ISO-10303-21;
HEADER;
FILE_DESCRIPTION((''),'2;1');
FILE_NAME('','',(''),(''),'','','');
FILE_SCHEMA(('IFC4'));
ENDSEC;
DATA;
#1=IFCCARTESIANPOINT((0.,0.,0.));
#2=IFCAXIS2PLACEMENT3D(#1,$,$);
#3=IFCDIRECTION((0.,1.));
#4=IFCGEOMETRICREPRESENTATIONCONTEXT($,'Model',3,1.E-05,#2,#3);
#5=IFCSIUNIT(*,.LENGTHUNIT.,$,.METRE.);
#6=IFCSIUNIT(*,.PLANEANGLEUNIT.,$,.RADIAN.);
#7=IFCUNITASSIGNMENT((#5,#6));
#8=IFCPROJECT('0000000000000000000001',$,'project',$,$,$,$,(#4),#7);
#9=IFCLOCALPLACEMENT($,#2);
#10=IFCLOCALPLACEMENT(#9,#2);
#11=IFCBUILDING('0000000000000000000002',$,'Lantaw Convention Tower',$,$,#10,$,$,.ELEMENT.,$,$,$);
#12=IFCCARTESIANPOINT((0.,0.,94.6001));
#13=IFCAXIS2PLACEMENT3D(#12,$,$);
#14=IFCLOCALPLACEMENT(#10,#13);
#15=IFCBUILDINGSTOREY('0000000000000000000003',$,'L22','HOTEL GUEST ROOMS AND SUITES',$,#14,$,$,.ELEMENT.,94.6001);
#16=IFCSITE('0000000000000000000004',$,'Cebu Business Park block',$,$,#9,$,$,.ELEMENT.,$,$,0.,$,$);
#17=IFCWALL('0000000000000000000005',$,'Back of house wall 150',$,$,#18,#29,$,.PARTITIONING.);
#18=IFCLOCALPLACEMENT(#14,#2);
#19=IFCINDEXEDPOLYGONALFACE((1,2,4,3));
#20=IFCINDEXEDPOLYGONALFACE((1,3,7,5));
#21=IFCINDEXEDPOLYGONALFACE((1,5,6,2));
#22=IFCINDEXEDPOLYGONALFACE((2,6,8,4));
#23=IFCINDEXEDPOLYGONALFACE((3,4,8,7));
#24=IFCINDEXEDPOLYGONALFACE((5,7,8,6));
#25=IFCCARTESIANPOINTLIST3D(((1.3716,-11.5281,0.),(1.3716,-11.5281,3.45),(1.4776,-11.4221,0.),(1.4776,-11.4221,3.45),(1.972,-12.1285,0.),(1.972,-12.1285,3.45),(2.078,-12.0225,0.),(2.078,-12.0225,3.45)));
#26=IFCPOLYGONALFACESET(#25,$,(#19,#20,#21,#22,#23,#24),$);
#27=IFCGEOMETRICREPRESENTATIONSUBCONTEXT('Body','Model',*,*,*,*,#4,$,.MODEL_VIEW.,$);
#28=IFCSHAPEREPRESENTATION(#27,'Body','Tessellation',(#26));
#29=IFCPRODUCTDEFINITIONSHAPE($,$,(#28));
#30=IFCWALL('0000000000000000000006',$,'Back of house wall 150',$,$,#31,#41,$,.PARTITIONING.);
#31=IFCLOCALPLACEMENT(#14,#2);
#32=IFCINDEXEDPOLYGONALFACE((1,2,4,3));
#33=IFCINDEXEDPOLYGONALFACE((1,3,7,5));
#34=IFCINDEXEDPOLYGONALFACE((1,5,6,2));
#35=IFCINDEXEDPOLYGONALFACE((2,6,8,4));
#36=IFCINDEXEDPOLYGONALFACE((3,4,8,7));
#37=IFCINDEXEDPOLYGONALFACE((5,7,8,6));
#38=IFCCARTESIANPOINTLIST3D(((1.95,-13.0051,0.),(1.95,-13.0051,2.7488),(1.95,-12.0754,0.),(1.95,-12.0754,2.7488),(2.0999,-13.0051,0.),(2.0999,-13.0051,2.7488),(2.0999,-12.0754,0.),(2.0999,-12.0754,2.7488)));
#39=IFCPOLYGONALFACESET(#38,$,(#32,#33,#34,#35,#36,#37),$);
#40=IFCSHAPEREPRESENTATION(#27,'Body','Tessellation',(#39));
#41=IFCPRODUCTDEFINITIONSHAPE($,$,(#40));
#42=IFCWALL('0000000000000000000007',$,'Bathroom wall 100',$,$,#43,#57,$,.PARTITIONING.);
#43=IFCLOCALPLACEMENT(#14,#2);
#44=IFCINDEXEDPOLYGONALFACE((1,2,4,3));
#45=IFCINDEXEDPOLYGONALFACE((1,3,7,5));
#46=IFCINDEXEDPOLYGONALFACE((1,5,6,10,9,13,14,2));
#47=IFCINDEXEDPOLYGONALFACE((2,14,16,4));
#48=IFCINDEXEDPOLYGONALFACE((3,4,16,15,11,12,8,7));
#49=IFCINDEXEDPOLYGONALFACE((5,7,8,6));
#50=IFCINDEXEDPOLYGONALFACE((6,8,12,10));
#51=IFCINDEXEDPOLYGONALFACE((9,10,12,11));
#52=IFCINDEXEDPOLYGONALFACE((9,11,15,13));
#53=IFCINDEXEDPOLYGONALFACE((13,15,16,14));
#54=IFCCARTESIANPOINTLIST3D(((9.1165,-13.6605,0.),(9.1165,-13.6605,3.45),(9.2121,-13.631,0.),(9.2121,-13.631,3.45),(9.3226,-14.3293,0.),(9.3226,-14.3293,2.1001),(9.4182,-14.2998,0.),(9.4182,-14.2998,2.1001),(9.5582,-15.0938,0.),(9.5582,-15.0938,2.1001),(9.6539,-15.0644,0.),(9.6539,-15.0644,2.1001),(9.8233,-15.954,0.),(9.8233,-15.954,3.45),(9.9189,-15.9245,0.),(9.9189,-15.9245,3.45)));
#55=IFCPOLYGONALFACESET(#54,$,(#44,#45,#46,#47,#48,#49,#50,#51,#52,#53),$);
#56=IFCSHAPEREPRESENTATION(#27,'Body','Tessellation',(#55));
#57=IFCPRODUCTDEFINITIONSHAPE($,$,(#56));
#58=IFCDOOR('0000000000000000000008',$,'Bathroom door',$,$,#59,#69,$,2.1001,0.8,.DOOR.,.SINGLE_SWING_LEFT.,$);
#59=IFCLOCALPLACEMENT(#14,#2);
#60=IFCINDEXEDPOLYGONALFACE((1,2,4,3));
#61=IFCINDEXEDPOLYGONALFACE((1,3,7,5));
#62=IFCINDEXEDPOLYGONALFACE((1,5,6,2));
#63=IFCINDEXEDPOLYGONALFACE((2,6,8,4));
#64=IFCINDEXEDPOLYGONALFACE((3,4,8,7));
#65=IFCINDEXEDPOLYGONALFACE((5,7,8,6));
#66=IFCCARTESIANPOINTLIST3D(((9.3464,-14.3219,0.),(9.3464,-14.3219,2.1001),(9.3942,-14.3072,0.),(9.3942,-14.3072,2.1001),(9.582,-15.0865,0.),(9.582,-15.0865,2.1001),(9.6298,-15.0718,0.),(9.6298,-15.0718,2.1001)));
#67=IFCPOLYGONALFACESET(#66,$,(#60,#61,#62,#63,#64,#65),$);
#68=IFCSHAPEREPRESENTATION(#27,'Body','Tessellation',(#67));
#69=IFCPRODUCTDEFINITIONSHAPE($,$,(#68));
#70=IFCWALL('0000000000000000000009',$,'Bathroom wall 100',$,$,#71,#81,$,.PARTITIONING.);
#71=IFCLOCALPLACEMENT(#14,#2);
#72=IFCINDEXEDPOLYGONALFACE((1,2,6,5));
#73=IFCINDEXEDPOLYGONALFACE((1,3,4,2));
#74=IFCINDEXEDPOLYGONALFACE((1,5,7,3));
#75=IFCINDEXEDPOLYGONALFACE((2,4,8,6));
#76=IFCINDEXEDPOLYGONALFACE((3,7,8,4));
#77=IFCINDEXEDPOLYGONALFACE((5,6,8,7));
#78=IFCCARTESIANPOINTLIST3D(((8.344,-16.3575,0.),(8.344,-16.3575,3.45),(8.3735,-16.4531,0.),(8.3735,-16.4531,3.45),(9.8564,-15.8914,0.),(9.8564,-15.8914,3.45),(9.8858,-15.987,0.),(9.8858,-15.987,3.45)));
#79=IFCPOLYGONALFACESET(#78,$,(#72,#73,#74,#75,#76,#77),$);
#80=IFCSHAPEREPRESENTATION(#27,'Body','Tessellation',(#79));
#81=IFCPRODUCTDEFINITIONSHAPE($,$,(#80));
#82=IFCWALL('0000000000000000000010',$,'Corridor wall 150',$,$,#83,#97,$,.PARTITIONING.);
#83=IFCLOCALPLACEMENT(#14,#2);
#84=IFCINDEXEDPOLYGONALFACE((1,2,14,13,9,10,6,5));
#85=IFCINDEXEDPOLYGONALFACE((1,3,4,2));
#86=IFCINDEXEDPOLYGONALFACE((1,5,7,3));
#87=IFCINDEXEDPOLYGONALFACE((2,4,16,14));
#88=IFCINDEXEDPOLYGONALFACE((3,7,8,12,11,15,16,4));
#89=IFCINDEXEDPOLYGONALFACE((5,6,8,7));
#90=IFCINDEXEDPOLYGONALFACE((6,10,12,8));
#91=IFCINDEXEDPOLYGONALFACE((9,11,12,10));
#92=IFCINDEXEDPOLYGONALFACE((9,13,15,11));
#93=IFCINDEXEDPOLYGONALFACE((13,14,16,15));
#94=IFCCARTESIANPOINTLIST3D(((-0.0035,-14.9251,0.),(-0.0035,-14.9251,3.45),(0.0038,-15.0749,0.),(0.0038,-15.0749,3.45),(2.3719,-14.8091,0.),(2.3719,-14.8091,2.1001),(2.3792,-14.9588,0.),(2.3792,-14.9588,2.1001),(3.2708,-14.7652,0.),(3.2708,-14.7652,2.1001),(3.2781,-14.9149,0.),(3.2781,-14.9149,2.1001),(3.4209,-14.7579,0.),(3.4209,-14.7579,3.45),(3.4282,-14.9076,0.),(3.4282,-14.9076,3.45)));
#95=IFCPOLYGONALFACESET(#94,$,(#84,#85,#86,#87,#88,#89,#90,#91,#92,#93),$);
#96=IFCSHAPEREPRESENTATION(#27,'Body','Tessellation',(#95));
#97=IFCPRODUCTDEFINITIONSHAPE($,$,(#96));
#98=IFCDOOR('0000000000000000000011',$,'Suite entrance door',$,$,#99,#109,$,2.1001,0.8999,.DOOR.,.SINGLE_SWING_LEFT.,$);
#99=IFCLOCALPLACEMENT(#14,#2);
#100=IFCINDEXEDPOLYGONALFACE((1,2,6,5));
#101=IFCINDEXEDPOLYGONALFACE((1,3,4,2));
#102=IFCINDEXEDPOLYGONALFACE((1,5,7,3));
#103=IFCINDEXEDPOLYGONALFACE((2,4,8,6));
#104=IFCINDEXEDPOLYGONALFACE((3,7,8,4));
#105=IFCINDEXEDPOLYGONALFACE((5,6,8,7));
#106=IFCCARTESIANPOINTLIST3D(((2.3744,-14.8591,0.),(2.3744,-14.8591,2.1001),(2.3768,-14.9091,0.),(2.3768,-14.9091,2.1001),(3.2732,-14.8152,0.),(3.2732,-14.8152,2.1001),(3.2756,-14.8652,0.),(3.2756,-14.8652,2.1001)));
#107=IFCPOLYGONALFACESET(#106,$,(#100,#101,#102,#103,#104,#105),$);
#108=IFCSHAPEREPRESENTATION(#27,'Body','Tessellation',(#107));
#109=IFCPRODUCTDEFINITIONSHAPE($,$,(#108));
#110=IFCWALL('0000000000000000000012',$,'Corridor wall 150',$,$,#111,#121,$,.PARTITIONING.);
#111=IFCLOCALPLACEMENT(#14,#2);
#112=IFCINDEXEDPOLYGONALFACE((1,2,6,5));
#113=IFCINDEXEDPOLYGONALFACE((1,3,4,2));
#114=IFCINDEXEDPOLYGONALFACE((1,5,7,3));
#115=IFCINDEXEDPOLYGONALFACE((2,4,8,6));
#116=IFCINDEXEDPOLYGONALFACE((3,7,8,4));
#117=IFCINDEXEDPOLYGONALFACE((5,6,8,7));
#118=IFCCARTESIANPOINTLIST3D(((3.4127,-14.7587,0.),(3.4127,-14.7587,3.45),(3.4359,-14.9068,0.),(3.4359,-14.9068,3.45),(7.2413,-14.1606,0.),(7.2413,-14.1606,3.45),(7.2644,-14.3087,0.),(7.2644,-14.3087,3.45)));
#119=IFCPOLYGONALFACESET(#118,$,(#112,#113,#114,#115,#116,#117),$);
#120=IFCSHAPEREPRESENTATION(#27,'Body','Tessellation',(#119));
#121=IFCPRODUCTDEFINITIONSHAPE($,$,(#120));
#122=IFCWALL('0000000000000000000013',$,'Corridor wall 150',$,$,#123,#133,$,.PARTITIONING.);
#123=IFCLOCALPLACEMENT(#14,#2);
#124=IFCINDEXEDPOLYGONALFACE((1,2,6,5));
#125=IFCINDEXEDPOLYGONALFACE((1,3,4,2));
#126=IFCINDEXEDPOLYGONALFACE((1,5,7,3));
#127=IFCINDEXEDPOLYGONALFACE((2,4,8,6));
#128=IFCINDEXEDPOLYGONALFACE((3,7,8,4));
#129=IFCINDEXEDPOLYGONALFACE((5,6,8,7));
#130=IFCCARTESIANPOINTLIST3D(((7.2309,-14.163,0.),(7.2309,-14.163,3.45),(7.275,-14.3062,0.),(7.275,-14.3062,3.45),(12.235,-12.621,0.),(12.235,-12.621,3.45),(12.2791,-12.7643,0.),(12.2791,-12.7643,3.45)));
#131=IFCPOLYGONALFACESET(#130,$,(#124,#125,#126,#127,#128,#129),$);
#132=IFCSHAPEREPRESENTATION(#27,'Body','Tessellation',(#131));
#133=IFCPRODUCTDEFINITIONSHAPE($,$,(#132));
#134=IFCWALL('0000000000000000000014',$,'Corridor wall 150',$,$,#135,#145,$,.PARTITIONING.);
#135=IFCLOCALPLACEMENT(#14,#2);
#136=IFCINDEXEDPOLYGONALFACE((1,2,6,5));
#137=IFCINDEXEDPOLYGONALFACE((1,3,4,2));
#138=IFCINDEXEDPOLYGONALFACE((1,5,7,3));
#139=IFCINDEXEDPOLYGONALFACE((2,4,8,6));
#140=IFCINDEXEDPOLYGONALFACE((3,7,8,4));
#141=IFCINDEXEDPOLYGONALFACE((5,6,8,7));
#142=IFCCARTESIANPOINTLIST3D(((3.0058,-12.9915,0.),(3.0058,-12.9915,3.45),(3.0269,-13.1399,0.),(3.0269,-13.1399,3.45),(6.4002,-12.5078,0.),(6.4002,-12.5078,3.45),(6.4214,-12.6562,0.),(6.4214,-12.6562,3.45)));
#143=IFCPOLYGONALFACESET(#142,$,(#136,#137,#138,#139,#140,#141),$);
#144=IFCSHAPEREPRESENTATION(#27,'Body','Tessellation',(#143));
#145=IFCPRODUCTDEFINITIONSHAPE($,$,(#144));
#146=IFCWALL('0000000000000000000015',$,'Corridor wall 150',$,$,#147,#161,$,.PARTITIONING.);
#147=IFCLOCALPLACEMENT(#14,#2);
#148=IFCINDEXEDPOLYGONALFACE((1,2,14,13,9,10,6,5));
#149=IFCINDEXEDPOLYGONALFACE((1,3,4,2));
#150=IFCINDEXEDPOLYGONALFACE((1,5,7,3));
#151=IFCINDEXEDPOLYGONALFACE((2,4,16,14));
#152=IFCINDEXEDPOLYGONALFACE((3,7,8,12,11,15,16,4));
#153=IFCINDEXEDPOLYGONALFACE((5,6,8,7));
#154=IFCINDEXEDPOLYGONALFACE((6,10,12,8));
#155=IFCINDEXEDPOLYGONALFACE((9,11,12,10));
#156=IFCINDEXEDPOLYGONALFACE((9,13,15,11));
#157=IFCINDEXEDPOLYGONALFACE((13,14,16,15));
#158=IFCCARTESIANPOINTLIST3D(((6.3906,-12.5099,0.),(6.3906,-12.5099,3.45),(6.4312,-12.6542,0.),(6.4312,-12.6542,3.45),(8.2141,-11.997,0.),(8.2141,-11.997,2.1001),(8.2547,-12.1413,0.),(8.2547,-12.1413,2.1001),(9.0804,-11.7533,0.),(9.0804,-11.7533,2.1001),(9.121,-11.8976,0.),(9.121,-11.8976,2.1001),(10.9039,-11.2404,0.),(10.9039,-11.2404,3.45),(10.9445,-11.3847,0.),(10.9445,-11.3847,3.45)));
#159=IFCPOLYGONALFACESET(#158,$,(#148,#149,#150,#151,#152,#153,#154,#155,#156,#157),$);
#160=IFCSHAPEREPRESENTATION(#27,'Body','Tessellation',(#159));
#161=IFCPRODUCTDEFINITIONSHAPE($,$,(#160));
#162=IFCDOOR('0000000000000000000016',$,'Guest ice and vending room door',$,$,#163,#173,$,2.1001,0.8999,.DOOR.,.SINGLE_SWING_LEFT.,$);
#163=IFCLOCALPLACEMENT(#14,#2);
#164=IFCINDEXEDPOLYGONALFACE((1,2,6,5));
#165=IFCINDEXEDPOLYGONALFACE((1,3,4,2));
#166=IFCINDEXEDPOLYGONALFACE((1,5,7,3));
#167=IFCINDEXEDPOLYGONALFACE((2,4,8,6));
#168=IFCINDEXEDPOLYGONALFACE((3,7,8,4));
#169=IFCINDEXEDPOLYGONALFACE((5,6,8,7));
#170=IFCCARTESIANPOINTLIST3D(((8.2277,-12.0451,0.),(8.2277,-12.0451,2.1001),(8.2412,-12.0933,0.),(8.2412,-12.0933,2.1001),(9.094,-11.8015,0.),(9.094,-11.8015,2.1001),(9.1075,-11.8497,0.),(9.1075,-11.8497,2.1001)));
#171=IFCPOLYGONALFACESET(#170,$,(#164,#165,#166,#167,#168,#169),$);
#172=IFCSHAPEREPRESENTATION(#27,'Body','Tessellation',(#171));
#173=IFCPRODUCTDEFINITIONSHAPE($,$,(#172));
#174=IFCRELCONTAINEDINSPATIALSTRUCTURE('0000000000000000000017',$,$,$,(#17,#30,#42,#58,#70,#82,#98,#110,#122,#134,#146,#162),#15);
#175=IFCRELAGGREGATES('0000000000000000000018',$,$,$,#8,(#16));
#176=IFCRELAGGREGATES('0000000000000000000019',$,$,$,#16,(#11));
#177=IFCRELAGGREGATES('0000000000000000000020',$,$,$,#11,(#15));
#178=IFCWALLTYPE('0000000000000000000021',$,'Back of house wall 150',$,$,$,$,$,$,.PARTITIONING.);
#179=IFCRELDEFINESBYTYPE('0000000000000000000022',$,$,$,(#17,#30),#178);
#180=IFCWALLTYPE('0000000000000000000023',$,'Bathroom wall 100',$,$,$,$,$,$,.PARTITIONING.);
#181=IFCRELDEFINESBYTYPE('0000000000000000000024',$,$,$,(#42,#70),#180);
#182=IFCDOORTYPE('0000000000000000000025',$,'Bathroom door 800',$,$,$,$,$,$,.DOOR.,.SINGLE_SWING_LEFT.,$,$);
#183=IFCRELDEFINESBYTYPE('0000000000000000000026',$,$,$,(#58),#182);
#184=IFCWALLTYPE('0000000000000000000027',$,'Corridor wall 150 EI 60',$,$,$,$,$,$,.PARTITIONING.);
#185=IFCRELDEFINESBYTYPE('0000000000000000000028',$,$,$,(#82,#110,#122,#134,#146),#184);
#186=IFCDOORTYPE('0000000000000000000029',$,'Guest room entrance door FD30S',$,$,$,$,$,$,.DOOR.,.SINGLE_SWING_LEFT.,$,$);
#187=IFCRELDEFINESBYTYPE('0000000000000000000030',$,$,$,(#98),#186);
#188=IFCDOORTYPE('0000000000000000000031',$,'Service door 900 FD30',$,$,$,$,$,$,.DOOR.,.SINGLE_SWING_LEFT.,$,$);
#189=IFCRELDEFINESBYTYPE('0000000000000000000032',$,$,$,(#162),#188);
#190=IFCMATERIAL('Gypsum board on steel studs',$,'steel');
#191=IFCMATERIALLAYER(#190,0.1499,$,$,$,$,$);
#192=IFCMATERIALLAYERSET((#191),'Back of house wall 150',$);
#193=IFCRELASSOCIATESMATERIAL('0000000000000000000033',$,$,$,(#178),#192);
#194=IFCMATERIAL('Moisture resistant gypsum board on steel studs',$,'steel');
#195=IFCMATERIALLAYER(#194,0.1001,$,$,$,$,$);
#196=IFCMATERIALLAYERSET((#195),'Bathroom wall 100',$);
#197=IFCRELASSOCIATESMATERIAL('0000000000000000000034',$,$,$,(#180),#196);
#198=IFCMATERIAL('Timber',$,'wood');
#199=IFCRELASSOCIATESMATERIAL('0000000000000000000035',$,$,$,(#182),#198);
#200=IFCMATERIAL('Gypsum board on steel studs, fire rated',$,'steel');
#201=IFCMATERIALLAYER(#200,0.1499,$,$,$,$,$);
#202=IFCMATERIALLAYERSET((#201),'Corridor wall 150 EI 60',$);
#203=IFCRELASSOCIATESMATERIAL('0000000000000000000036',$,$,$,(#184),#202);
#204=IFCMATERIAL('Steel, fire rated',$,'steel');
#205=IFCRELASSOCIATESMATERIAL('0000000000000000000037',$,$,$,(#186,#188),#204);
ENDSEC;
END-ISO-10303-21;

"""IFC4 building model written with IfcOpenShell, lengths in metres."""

from ifc_helpers import new_model, si_unit, direction, frame, frame_2d, origin, place, context, subcontext, project, spatial, rectangle, extrude, material, layer, layer_set, type_object, element, fill, save


model = new_model("IFC4")

# Units and contexts
model_context = context("Model", 3, precision=1e-05, world=origin(), true_north=direction((0.0, 1.0)))
body_context = subcontext(model_context, "Body", "Model", "MODEL_VIEW")
ifc_project = project(units=[si_unit("LENGTHUNIT", "METRE"), si_unit("PLANEANGLEUNIT", "RADIAN")], contexts=[model_context])

# Site, building, storey
site_placement = place(None, origin())
site = spatial("IfcSite", under=ifc_project, at=site_placement, Name="Cebu Business Park block", CompositionType="ELEMENT", RefElevation=0.0)
building_placement = place(site_placement, origin())
building = spatial("IfcBuilding", under=site, at=building_placement, Name="Lantaw Convention Tower", CompositionType="ELEMENT")
storey_placement = place(building_placement, frame((0.0, 0.0, 94.6001)))
storey = spatial("IfcBuildingStorey", under=building, at=storey_placement, Name="L22", Description="HOTEL GUEST ROOMS AND SUITES", CompositionType="ELEMENT", Elevation=94.6001)

# Walls
ifc_material_1 = material(Name="Gypsum board on steel studs", Category="steel")
ifc_layer_1 = layer(ifc_material_1, 0.1499)
ifc_layer_set_1 = layer_set([ifc_layer_1], Name="Back of house wall 150")
wall_type_1 = type_object("IfcWallType", Name="Back of house wall 150", PredefinedType="PARTITIONING", material=ifc_layer_set_1)
wall_1_placement = place(storey_placement, frame((1.4246, -11.4751, 0.0), z_axis=(0.0, 0.0, 1.0), x_axis=(0.707107, -0.707107, 0.0)))
element("IfcWall", 1, at=wall_1_placement, inside=storey, type_object=wall_type_1, Name="Back of house wall 150", PredefinedType="PARTITIONING", context=body_context, shape_type="SweptSolid", body=[
    extrude(rectangle(XDim=0.8491, YDim=0.1499, at=frame_2d((0.4246, 0.0))), origin(), (0.0, 0.0, 1.0), 3.45),
])
wall_2_placement = place(storey_placement, frame((2.0249, -12.0754, 0.0), z_axis=(0.0, 0.0, 1.0), x_axis=(0.0, -1.0, 0.0)))
element("IfcWall", 2, at=wall_2_placement, inside=storey, type_object=wall_type_1, Name="Back of house wall 150", PredefinedType="PARTITIONING", context=body_context, shape_type="SweptSolid", body=[
    extrude(rectangle(XDim=0.9297, YDim=0.1499, at=frame_2d((0.4648, 0.0))), origin(), (0.0, 0.0, 1.0), 2.7488),
])

# Wall, opening, door
ifc_material_2 = material(Name="Moisture resistant gypsum board on steel studs", Category="steel")
ifc_layer_2 = layer(ifc_material_2, 0.1001)
ifc_layer_set_2 = layer_set([ifc_layer_2], Name="Bathroom wall 100")
wall_type_2 = type_object("IfcWallType", Name="Bathroom wall 100", PredefinedType="PARTITIONING", material=ifc_layer_set_2)
wall_3_placement = place(storey_placement, frame((9.1643, -13.6458, 0.0), z_axis=(0.0, 0.0, 1.0), x_axis=(0.294508, -0.955649, 0.0)))
wall_3 = element("IfcWall", 3, at=wall_3_placement, inside=storey, type_object=wall_type_2, Name="Bathroom wall 100", PredefinedType="PARTITIONING", context=body_context, shape_type="SweptSolid", body=[
    extrude(rectangle(XDim=2.3999, YDim=0.1001, at=frame_2d((1.2, 0.0))), origin(), (0.0, 0.0, 1.0), 3.45),
])
opening_1_placement = place(wall_3_placement, frame((0.7, 0.0, 0.0)))
opening_1 = element("IfcOpeningElement", 4, at=opening_1_placement, cuts=wall_3, PredefinedType="OPENING", context=body_context, shape_type="SweptSolid", body=[
    extrude(rectangle(XDim=0.8, YDim=2.1001, at=frame_2d((0.3999, 1.05))), frame((0.0, 0.0601, 0.0), z_axis=(0.0, -1.0, 0.0), x_axis=(1.0, 0.0, 0.0)), (0.0, 0.0, 1.0), 0.1201),
])
ifc_material_3 = material(Name="Timber", Category="wood")
door_type_1 = type_object("IfcDoorType", Name="Bathroom door 800", OperationType="SINGLE_SWING_LEFT", PredefinedType="DOOR", material=ifc_material_3)
door_1_placement = place(opening_1_placement, origin())
door_1 = element("IfcDoor", 5, at=door_1_placement, inside=storey, type_object=door_type_1, Name="Bathroom door", OperationType="SINGLE_SWING_LEFT", OverallHeight=2.1001, OverallWidth=0.8, PredefinedType="DOOR", context=body_context, shape_type="SweptSolid", body=[
    extrude(rectangle(XDim=0.8, YDim=2.1001, at=frame_2d((0.3999, 1.05))), frame((0.0, 0.0249, 0.0), z_axis=(0.0, -1.0, 0.0), x_axis=(1.0, 0.0, 0.0)), (0.0, 0.0, 1.0), 0.05),
])
fill(opening_1, door_1)

# Wall
wall_4_placement = place(storey_placement, frame((9.8711, -15.9392, 0.0), z_axis=(0.0, 0.0, 1.0), x_axis=(-0.955642, -0.29453, 0.0)))
element("IfcWall", 6, at=wall_4_placement, inside=storey, type_object=wall_type_2, Name="Bathroom wall 100", PredefinedType="PARTITIONING", context=body_context, shape_type="SweptSolid", body=[
    extrude(rectangle(XDim=1.5825, YDim=0.1001, at=frame_2d((0.7913, 0.0))), origin(), (0.0, 0.0, 1.0), 3.45),
])

# Wall, opening, door
ifc_material_4 = material(Name="Gypsum board on steel studs, fire rated", Category="steel")
ifc_layer_3 = layer(ifc_material_4, 0.1499)
ifc_layer_set_3 = layer_set([ifc_layer_3], Name="Corridor wall 150 EI 60")
wall_type_3 = type_object("IfcWallType", Name="Corridor wall 150 EI 60", PredefinedType="PARTITIONING", material=ifc_layer_set_3)
wall_5_placement = place(storey_placement, frame((0.0, -15.0, 0.0), z_axis=(0.0, 0.0, 1.0), x_axis=(0.99881, 0.04878, 0.0)))
wall_5 = element("IfcWall", 7, at=wall_5_placement, inside=storey, type_object=wall_type_3, Name="Corridor wall 150", PredefinedType="PARTITIONING", context=body_context, shape_type="SweptSolid", body=[
    extrude(rectangle(XDim=3.4285, YDim=0.1499, at=frame_2d((1.7144, 0.0))), origin(), (0.0, 0.0, 1.0), 3.45),
])
opening_2_placement = place(wall_5_placement, frame((2.3784, 0.0, 0.0)))
opening_2 = element("IfcOpeningElement", 8, at=opening_2_placement, cuts=wall_5, PredefinedType="OPENING", context=body_context, shape_type="SweptSolid", body=[
    extrude(rectangle(XDim=0.8999, YDim=2.1001, at=frame_2d((0.45, 1.05))), frame((0.0, 0.085, 0.0), z_axis=(0.0, -1.0, 0.0), x_axis=(1.0, 0.0, 0.0)), (0.0, 0.0, 1.0), 0.1699),
])
ifc_material_5 = material(Name="Steel, fire rated", Category="steel")
door_type_2 = type_object("IfcDoorType", Name="Guest room entrance door FD30S", OperationType="SINGLE_SWING_LEFT", PredefinedType="DOOR", material=ifc_material_5)
door_2_placement = place(opening_2_placement, origin())
door_2 = element("IfcDoor", 9, at=door_2_placement, inside=storey, type_object=door_type_2, Name="Suite entrance door", OperationType="SINGLE_SWING_LEFT", OverallHeight=2.1001, OverallWidth=0.8999, PredefinedType="DOOR", context=body_context, shape_type="SweptSolid", body=[
    extrude(rectangle(XDim=0.8999, YDim=2.1001, at=frame_2d((0.45, 1.05))), frame((0.0, 0.0249, 0.0), z_axis=(0.0, -1.0, 0.0), x_axis=(1.0, 0.0, 0.0)), (0.0, 0.0, 1.0), 0.05),
])
fill(opening_2, door_2)

# Walls
wall_6_placement = place(storey_placement, frame((3.4243, -14.8328, 0.0), z_axis=(0.0, 0.0, 1.0), x_axis=(0.988015, 0.154358, 0.0)))
element("IfcWall", 10, at=wall_6_placement, inside=storey, type_object=wall_type_3, Name="Corridor wall 150", PredefinedType="PARTITIONING", context=body_context, shape_type="SweptSolid", body=[
    extrude(rectangle(XDim=3.875, YDim=0.1499, at=frame_2d((1.9375, 0.0))), origin(), (0.0, 0.0, 1.0), 3.45),
])
wall_7_placement = place(storey_placement, frame((7.2529, -14.2346, 0.0), z_axis=(0.0, 0.0, 1.0), x_axis=(0.955658, 0.294479, 0.0)))
element("IfcWall", 11, at=wall_7_placement, inside=storey, type_object=wall_type_3, Name="Corridor wall 150", PredefinedType="PARTITIONING", context=body_context, shape_type="SweptSolid", body=[
    extrude(rectangle(XDim=5.2363, YDim=0.1499, at=frame_2d((2.6182, 0.0))), origin(), (0.0, 0.0, 1.0), 3.45),
])
wall_8_placement = place(storey_placement, frame((3.0164, -13.0657, 0.0), z_axis=(0.0, 0.0, 1.0), x_axis=(0.990002, 0.141053, 0.0)))
element("IfcWall", 12, at=wall_8_placement, inside=storey, type_object=wall_type_3, Name="Corridor wall 150", PredefinedType="PARTITIONING", context=body_context, shape_type="SweptSolid", body=[
    extrude(rectangle(XDim=3.4287, YDim=0.1499, at=frame_2d((1.7144, 0.0))), origin(), (0.0, 0.0, 1.0), 3.45),
])

# Wall, opening, door
wall_9_placement = place(storey_placement, frame((6.4109, -12.582, 0.0), z_axis=(0.0, 0.0, 1.0), x_axis=(0.962644, 0.270771, 0.0)))
wall_9 = element("IfcWall", 13, at=wall_9_placement, inside=storey, type_object=wall_type_3, Name="Corridor wall 150", PredefinedType="PARTITIONING", context=body_context, shape_type="SweptSolid", body=[
    extrude(rectangle(XDim=4.6885, YDim=0.1499, at=frame_2d((2.3442, 0.0))), origin(), (0.0, 0.0, 1.0), 3.45),
])
opening_3_placement = place(wall_9_placement, frame((1.8943, 0.0, 0.0)))
opening_3 = element("IfcOpeningElement", 14, at=opening_3_placement, cuts=wall_9, PredefinedType="OPENING", context=body_context, shape_type="SweptSolid", body=[
    extrude(rectangle(XDim=0.8999, YDim=2.1001, at=frame_2d((0.45, 1.05))), frame((0.0, 0.085, 0.0), z_axis=(0.0, -1.0, 0.0), x_axis=(1.0, 0.0, 0.0)), (0.0, 0.0, 1.0), 0.1699),
])
door_type_3 = type_object("IfcDoorType", Name="Service door 900 FD30", OperationType="SINGLE_SWING_LEFT", PredefinedType="DOOR", material=ifc_material_5)
door_3_placement = place(opening_3_placement, origin())
door_3 = element("IfcDoor", 15, at=door_3_placement, inside=storey, type_object=door_type_3, Name="Guest ice and vending room door", OperationType="SINGLE_SWING_LEFT", OverallHeight=2.1001, OverallWidth=0.8999, PredefinedType="DOOR", context=body_context, shape_type="SweptSolid", body=[
    extrude(rectangle(XDim=0.8999, YDim=2.1001, at=frame_2d((0.45, 1.05))), frame((0.0, 0.0249, 0.0), z_axis=(0.0, -1.0, 0.0), x_axis=(1.0, 0.0, 0.0)), (0.0, 0.0, 1.0), 0.05),
])
fill(opening_3, door_3)

save(model, "model.ifc")
